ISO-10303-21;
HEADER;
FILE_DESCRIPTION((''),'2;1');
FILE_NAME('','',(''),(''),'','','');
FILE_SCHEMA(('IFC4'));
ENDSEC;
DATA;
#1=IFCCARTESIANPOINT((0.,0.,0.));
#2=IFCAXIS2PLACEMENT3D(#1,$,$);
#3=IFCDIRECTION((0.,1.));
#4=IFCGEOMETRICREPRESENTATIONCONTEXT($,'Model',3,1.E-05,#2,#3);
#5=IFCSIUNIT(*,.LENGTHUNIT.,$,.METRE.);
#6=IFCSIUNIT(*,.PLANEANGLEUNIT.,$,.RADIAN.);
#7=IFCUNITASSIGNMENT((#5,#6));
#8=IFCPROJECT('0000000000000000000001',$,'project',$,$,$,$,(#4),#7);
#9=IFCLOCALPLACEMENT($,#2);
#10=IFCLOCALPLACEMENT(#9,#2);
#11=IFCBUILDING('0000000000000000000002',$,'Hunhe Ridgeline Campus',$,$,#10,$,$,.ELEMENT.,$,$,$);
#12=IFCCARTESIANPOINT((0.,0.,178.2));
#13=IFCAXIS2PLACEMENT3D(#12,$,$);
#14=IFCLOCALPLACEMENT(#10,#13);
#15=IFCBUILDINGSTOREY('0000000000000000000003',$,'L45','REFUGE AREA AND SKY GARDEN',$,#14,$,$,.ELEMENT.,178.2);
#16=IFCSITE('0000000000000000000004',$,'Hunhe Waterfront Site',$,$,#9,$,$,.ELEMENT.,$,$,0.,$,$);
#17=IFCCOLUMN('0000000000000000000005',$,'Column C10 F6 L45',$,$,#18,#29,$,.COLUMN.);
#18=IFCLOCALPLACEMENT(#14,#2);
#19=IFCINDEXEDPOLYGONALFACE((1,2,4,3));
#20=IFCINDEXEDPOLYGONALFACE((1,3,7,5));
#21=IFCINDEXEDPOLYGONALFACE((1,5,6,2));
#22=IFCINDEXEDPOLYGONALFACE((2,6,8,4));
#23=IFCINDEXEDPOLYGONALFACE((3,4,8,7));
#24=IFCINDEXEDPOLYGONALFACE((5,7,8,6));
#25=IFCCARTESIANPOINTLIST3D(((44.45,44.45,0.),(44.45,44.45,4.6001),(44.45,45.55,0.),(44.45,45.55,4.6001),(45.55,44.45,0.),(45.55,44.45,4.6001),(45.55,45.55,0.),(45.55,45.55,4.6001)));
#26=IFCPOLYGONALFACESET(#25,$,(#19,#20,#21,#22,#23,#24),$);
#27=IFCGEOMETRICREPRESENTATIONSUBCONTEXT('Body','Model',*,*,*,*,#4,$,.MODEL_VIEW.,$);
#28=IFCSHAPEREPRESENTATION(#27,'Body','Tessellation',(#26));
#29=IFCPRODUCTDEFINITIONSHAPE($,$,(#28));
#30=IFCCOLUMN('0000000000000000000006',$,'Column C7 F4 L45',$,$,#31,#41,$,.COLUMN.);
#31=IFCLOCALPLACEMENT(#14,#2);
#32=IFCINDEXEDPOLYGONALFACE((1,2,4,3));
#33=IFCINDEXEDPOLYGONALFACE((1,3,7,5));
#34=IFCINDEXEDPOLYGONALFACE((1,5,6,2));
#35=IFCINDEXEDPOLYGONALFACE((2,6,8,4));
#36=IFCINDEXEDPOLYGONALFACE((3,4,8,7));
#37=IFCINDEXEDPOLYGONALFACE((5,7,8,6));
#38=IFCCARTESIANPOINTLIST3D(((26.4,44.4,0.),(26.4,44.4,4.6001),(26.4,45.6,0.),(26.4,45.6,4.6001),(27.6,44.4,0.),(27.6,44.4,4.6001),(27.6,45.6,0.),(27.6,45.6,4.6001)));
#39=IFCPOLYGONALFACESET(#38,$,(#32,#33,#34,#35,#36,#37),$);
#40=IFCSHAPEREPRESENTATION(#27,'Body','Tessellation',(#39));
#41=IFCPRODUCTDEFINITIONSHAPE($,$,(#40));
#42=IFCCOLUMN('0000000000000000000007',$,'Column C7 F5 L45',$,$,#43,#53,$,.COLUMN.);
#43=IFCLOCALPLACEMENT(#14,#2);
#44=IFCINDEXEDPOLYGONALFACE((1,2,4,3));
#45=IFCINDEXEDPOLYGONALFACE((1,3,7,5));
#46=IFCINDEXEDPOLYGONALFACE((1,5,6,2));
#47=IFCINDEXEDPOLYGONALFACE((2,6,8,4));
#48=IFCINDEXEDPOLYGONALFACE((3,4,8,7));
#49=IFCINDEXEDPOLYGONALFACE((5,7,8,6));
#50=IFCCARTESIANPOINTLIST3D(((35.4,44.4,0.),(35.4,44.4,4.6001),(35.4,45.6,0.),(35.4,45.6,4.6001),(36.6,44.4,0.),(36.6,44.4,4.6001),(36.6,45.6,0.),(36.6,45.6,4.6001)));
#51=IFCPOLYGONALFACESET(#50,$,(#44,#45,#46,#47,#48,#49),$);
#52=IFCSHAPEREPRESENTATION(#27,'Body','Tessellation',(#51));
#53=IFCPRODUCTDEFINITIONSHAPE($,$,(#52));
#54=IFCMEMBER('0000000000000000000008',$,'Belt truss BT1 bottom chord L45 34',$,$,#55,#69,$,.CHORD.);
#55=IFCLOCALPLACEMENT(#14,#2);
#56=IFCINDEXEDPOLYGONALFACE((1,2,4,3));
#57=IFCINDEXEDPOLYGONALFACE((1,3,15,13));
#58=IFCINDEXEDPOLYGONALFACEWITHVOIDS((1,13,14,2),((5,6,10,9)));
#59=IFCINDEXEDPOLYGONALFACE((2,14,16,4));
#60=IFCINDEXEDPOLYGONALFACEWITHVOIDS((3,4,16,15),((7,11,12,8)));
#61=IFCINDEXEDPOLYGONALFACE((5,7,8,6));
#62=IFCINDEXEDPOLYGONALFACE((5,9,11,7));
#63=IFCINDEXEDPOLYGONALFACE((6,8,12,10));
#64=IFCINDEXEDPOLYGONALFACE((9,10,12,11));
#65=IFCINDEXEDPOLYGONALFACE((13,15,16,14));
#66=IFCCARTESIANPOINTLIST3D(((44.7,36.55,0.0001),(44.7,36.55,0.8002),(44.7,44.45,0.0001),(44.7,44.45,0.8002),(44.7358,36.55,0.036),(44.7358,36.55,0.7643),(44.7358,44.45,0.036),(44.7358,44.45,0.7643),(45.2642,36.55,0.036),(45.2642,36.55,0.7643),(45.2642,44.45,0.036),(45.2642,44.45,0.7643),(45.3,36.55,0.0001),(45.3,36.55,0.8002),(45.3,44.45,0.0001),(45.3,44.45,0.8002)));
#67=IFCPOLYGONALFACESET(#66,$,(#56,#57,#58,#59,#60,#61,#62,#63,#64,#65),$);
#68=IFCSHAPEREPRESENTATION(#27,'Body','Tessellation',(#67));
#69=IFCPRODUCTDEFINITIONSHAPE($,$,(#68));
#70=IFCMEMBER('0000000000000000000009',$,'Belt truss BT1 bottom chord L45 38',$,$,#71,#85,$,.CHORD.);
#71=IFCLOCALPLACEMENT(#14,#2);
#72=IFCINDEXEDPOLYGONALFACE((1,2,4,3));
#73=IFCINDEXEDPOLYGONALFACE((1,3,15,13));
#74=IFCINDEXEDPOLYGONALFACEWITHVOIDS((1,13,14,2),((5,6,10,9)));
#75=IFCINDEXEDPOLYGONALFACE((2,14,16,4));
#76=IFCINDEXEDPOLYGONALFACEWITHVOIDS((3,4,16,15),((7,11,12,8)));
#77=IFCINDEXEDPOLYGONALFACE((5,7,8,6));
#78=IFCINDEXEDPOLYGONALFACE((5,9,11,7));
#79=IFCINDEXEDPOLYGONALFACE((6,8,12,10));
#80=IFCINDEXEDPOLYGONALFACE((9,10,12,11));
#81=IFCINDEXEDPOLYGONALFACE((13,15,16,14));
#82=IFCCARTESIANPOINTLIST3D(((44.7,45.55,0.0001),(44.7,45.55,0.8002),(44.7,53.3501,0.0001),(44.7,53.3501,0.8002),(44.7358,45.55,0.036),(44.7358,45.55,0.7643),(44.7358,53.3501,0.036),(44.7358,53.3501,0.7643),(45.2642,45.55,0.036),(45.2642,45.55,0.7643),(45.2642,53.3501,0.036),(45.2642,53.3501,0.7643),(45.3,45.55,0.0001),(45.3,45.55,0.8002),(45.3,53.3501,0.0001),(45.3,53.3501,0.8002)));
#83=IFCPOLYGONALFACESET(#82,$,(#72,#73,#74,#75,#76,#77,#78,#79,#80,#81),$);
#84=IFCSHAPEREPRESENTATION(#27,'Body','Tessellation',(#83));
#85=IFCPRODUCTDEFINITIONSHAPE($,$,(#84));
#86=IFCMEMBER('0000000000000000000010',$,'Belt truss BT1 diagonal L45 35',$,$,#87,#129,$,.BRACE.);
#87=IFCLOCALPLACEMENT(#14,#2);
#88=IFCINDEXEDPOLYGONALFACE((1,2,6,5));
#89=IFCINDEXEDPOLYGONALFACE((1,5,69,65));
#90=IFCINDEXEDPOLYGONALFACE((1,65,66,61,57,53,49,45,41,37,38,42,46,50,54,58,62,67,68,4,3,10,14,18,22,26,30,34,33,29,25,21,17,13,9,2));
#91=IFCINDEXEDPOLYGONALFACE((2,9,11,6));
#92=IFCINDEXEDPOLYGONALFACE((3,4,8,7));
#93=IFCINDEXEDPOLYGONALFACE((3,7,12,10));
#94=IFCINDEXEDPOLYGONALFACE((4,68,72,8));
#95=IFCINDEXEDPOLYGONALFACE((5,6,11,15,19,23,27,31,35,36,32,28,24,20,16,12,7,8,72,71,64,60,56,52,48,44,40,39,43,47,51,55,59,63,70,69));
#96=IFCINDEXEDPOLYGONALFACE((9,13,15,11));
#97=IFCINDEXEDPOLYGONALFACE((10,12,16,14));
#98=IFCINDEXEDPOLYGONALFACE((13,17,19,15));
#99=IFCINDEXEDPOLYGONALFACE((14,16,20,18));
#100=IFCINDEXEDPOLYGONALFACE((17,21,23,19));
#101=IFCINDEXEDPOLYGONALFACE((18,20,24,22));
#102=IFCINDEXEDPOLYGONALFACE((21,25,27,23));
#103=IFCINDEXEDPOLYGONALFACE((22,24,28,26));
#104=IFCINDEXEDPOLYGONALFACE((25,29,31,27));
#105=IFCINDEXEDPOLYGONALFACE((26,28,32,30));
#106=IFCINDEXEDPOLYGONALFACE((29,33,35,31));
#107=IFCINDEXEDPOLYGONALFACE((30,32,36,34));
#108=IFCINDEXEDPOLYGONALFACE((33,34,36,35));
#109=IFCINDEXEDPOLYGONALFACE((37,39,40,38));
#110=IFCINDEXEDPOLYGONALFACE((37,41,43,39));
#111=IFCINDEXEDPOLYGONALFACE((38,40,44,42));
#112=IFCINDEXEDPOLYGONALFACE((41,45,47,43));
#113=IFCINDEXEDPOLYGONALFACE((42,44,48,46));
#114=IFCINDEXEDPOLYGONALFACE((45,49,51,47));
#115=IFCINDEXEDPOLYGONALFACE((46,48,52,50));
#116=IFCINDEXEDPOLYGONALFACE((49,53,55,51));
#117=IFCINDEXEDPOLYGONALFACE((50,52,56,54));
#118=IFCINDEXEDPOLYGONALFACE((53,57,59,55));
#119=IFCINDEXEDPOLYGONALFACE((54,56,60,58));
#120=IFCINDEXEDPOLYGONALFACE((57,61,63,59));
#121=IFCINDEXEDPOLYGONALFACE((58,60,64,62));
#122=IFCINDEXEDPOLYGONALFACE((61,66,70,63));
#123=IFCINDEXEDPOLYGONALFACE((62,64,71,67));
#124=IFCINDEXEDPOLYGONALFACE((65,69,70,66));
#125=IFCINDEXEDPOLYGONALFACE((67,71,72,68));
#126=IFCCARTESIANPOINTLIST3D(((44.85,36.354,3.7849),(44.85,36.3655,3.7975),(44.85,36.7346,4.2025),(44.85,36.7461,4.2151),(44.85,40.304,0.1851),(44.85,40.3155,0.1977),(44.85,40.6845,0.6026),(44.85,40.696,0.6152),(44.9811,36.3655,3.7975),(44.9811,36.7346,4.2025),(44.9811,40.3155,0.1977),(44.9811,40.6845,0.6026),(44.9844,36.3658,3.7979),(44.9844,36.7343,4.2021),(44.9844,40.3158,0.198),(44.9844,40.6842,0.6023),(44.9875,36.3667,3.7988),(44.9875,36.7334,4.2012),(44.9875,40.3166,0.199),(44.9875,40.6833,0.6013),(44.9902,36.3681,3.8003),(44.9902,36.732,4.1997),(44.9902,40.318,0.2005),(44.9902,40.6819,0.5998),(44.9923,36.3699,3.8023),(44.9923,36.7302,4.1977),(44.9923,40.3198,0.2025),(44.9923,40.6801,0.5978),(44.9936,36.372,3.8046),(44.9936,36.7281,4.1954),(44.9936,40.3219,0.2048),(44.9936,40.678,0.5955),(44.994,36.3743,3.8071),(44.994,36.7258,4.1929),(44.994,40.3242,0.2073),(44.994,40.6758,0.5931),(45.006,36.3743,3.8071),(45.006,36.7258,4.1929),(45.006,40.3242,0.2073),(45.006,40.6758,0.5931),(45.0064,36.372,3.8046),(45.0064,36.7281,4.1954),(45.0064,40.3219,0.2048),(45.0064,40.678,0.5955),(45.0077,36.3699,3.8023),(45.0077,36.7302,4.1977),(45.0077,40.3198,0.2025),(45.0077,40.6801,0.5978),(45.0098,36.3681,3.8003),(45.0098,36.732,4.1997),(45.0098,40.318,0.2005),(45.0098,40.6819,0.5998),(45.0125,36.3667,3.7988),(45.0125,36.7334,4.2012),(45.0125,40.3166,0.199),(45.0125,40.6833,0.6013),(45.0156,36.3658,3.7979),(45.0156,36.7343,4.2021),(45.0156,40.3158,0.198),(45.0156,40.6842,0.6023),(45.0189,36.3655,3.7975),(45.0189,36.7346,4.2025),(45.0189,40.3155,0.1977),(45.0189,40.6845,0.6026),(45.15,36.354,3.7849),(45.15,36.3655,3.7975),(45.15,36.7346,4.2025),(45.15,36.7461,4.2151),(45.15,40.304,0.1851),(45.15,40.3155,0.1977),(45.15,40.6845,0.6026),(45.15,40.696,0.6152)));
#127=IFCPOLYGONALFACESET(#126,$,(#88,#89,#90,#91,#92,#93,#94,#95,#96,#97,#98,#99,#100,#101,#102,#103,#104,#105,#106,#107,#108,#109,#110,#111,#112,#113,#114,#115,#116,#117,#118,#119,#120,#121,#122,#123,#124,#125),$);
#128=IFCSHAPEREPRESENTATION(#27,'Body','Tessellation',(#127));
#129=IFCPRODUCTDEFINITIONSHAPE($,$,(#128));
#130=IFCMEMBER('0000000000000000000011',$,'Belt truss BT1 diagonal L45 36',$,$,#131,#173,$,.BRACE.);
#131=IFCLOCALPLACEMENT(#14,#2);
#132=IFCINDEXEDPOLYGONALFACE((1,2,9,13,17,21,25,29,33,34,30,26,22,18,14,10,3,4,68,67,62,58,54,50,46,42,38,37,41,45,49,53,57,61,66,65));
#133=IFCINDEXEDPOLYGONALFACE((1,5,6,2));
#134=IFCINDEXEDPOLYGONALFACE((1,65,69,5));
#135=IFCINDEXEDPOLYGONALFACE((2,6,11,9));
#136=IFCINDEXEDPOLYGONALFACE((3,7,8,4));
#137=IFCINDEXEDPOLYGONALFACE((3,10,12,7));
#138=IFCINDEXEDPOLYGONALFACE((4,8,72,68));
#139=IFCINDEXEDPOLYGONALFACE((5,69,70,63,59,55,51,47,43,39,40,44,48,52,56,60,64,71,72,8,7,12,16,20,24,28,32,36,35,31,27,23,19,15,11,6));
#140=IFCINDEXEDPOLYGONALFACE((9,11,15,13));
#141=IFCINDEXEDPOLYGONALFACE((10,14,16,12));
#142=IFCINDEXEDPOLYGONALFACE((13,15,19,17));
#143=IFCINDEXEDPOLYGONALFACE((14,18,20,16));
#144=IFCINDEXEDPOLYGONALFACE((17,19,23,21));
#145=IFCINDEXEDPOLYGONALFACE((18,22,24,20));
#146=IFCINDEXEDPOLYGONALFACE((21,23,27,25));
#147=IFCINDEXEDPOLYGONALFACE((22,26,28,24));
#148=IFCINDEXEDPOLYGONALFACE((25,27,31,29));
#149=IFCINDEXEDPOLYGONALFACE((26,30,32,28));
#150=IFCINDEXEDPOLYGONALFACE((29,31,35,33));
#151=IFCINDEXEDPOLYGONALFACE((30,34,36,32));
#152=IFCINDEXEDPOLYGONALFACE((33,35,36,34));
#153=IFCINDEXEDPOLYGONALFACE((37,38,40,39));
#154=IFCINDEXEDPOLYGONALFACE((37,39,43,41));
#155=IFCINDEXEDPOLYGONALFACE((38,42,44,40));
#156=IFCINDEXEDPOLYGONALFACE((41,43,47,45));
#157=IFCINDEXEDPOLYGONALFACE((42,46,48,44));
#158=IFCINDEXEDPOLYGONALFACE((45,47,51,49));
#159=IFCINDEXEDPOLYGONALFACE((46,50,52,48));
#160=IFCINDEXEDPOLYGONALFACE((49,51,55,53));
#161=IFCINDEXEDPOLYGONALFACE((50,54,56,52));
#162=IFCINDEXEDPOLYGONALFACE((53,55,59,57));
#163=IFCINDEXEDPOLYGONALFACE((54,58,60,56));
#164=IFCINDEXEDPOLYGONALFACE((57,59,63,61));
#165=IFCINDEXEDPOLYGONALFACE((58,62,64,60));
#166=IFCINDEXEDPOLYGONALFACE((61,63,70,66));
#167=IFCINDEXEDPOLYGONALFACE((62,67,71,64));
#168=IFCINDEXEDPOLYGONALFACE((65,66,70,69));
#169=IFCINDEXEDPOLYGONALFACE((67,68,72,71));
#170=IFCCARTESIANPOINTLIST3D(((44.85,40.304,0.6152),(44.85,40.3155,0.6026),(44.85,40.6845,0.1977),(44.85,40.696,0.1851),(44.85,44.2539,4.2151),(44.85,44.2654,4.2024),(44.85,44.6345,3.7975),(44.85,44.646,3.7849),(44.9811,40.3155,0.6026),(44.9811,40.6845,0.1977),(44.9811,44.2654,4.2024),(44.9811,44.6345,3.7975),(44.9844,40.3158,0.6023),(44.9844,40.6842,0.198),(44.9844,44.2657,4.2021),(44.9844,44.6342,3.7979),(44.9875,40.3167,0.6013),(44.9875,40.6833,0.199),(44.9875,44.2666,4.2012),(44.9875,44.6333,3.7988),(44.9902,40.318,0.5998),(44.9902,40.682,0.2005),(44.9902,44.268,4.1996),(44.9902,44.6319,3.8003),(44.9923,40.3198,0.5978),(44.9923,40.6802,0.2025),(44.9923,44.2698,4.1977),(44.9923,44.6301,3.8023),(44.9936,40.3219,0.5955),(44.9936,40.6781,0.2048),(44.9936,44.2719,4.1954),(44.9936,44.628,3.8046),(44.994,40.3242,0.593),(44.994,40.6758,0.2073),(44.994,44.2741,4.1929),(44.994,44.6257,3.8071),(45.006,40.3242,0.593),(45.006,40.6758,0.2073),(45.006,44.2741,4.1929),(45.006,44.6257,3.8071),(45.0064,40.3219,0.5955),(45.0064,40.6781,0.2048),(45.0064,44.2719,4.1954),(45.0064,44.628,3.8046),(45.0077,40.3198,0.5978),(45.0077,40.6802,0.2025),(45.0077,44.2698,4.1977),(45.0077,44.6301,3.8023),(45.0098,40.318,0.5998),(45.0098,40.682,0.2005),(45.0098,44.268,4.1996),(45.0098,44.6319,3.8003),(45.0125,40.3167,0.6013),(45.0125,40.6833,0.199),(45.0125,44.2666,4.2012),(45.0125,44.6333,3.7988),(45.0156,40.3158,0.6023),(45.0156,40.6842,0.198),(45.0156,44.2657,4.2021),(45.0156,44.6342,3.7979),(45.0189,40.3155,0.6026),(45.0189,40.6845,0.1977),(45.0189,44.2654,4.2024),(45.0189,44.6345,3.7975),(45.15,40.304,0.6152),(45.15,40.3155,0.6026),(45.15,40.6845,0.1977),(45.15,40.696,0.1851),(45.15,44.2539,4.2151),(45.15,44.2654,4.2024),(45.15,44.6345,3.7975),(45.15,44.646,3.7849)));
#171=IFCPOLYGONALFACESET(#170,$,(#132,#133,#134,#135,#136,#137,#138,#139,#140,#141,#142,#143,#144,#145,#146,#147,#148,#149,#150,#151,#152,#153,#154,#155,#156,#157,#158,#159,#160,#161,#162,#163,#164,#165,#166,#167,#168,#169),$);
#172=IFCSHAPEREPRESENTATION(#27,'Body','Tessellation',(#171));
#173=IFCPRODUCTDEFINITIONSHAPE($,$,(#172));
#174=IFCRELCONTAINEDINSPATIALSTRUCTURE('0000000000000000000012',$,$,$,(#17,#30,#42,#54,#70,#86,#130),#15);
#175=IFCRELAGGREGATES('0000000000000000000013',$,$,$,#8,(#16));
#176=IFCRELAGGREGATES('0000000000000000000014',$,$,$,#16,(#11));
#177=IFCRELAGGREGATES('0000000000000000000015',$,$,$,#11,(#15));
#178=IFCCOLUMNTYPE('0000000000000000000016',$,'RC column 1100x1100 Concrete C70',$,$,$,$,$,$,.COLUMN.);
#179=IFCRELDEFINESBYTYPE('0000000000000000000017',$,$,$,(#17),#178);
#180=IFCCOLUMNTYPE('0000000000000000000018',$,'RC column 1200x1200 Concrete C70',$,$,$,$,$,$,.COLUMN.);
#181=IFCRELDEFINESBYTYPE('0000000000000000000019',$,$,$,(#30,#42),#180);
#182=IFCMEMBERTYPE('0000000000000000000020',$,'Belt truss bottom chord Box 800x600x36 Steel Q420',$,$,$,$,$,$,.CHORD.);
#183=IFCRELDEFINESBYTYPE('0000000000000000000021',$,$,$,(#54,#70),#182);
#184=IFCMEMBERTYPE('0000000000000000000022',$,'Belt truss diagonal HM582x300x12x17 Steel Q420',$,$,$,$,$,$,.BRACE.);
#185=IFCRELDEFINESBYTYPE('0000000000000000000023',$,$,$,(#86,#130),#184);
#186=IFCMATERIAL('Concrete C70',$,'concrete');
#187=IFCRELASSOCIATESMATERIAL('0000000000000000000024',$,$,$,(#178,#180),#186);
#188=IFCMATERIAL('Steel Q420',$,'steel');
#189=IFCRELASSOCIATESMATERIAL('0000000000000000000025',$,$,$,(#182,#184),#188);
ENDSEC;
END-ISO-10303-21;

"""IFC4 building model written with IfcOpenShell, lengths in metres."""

from ifc_helpers import new_model, si_unit, direction, frame, origin, origin_2d, place, context, subcontext, project, spatial, rectangle, hollow_rectangle, i_section, extrude, material, material_profile, profile_set, type_object, element, save


model = new_model("IFC4")

# Units and contexts
model_context = context("Model", 3, precision=1e-05, world=origin(), true_north=direction((0.0, 1.0)))
body_context = subcontext(model_context, "Body", "Model", "MODEL_VIEW")
ifc_project = project(units=[si_unit("LENGTHUNIT", "METRE"), si_unit("PLANEANGLEUNIT", "RADIAN")], contexts=[model_context])

# Site, building, storey
site_placement = place(None, origin())
site = spatial("IfcSite", under=ifc_project, at=site_placement, Name="Hunhe Waterfront Site", CompositionType="ELEMENT", RefElevation=0.0)
building_placement = place(site_placement, origin())
building = spatial("IfcBuilding", under=site, at=building_placement, Name="Hunhe Ridgeline Campus", CompositionType="ELEMENT")
storey_placement = place(building_placement, frame((0.0, 0.0, 178.2)))
storey = spatial("IfcBuildingStorey", under=building, at=storey_placement, Name="L45", Description="REFUGE AREA AND SKY GARDEN", CompositionType="ELEMENT", Elevation=178.2)

# Columns
ifc_material_1 = material(Name="Concrete C70", Category="concrete")
ifc_material_profile_1 = material_profile(ifc_material_1, rectangle(XDim=1.1001, YDim=1.1001, at=origin_2d()))
ifc_profile_set_1 = profile_set([ifc_material_profile_1], Name="Concrete C70")
column_type_1 = type_object("IfcColumnType", Name="RC column 1100x1100 Concrete C70", PredefinedType="COLUMN", material=ifc_profile_set_1)
column_placement = place(storey_placement, frame((45.0, 45.0, 0.0), z_axis=(0.0, 0.0, 1.0), x_axis=(1.0, 0.0, 0.0)))
element("IfcColumn", 1, at=column_placement, inside=storey, type_object=column_type_1, Name="Column C10 F6 L45", PredefinedType="COLUMN", context=body_context, shape_type="SweptSolid", body=[
    extrude(rectangle(XDim=1.1001, YDim=1.1001, at=origin_2d()), origin(), (0.0, 0.0, 1.0), 4.6001),
])
ifc_material_profile_2 = material_profile(ifc_material_1, rectangle(XDim=1.2, YDim=1.2, at=origin_2d()))
ifc_profile_set_2 = profile_set([ifc_material_profile_2], Name="Concrete C70")
column_type_2 = type_object("IfcColumnType", Name="RC column 1200x1200 Concrete C70", PredefinedType="COLUMN", material=ifc_profile_set_2)
for number, where, z_axis, x_axis, name in (
    (2, (27.0, 45.0, 0.0), (0.0, 0.0, 1.0), (1.0, 0.0, 0.0), "Column C7 F4 L45"),
    (3, (36.0, 45.0, 0.0), (0.0, 0.0, 1.0), (1.0, 0.0, 0.0), "Column C7 F5 L45"),
):
    element("IfcColumn", number, at=place(storey_placement, frame(where, z_axis=z_axis, x_axis=x_axis)), inside=storey, type_object=column_type_2, Name=name, PredefinedType="COLUMN", context=body_context, shape_type="SweptSolid", body=[
        extrude(rectangle(XDim=1.2, YDim=1.2, at=origin_2d()), origin(), (0.0, 0.0, 1.0), 4.6001),
    ])

# Members
ifc_material_2 = material(Name="Steel Q420", Category="steel")
ifc_material_profile_3 = material_profile(ifc_material_2, hollow_rectangle(XDim=0.6001, YDim=0.8, WallThickness=0.0359, at=origin_2d()))
ifc_profile_set_3 = profile_set([ifc_material_profile_3], Name="Steel Q420")
member_type_1 = type_object("IfcMemberType", Name="Belt truss bottom chord Box 800x600x36 Steel Q420", PredefinedType="CHORD", material=ifc_profile_set_3)
member_1_placement = place(storey_placement, frame((45.0, 36.55, 0.4001), z_axis=(0.0, 1.0, 0.0), x_axis=(-1.0, 0.0, 0.0)))
element("IfcMember", 4, at=member_1_placement, inside=storey, type_object=member_type_1, Name="Belt truss BT1 bottom chord L45 34", PredefinedType="CHORD", context=body_context, shape_type="SweptSolid", body=[
    extrude(hollow_rectangle(XDim=0.6001, YDim=0.8, WallThickness=0.0359, at=origin_2d()), origin(), (0.0, 0.0, 1.0), 7.8999),
])
member_2_placement = place(storey_placement, frame((45.0, 45.55, 0.4001), z_axis=(0.0, 1.0, 0.0), x_axis=(-1.0, 0.0, 0.0)))
element("IfcMember", 5, at=member_2_placement, inside=storey, type_object=member_type_1, Name="Belt truss BT1 bottom chord L45 38", PredefinedType="CHORD", context=body_context, shape_type="SweptSolid", body=[
    extrude(hollow_rectangle(XDim=0.6001, YDim=0.8, WallThickness=0.0359, at=origin_2d()), origin(), (0.0, 0.0, 1.0), 7.8),
])
ifc_material_profile_4 = material_profile(ifc_material_2, i_section(OverallWidth=0.3, OverallDepth=0.582, WebThickness=0.012, FlangeThickness=0.0171, FilletRadius=0.0129, at=origin_2d()))
ifc_profile_set_4 = profile_set([ifc_material_profile_4], Name="Steel Q420")
member_type_2 = type_object("IfcMemberType", Name="Belt truss diagonal HM582x300x12x17 Steel Q420", PredefinedType="BRACE", material=ifc_profile_set_4)
for number, where, z_axis, x_axis, name in (
    (6, (45.0, 36.55, 4.0), (0.0, 0.739102, -0.673593), (-1.0, 0.0, 0.0), "Belt truss BT1 diagonal L45 35"),
    (7, (45.0, 40.5, 0.4001), (0.0, 0.739102, 0.673593), (-1.0, 0.0, 0.0), "Belt truss BT1 diagonal L45 36"),
):
    element("IfcMember", number, at=place(storey_placement, frame(where, z_axis=z_axis, x_axis=x_axis)), inside=storey, type_object=member_type_2, Name=name, PredefinedType="BRACE", context=body_context, shape_type="SweptSolid", body=[
        extrude(i_section(OverallWidth=0.3, OverallDepth=0.582, WebThickness=0.012, FlangeThickness=0.0171, FilletRadius=0.0129, at=origin_2d()), origin(), (0.0, 0.0, 1.0), 5.3442),
    ])

save(model, "model.ifc")
